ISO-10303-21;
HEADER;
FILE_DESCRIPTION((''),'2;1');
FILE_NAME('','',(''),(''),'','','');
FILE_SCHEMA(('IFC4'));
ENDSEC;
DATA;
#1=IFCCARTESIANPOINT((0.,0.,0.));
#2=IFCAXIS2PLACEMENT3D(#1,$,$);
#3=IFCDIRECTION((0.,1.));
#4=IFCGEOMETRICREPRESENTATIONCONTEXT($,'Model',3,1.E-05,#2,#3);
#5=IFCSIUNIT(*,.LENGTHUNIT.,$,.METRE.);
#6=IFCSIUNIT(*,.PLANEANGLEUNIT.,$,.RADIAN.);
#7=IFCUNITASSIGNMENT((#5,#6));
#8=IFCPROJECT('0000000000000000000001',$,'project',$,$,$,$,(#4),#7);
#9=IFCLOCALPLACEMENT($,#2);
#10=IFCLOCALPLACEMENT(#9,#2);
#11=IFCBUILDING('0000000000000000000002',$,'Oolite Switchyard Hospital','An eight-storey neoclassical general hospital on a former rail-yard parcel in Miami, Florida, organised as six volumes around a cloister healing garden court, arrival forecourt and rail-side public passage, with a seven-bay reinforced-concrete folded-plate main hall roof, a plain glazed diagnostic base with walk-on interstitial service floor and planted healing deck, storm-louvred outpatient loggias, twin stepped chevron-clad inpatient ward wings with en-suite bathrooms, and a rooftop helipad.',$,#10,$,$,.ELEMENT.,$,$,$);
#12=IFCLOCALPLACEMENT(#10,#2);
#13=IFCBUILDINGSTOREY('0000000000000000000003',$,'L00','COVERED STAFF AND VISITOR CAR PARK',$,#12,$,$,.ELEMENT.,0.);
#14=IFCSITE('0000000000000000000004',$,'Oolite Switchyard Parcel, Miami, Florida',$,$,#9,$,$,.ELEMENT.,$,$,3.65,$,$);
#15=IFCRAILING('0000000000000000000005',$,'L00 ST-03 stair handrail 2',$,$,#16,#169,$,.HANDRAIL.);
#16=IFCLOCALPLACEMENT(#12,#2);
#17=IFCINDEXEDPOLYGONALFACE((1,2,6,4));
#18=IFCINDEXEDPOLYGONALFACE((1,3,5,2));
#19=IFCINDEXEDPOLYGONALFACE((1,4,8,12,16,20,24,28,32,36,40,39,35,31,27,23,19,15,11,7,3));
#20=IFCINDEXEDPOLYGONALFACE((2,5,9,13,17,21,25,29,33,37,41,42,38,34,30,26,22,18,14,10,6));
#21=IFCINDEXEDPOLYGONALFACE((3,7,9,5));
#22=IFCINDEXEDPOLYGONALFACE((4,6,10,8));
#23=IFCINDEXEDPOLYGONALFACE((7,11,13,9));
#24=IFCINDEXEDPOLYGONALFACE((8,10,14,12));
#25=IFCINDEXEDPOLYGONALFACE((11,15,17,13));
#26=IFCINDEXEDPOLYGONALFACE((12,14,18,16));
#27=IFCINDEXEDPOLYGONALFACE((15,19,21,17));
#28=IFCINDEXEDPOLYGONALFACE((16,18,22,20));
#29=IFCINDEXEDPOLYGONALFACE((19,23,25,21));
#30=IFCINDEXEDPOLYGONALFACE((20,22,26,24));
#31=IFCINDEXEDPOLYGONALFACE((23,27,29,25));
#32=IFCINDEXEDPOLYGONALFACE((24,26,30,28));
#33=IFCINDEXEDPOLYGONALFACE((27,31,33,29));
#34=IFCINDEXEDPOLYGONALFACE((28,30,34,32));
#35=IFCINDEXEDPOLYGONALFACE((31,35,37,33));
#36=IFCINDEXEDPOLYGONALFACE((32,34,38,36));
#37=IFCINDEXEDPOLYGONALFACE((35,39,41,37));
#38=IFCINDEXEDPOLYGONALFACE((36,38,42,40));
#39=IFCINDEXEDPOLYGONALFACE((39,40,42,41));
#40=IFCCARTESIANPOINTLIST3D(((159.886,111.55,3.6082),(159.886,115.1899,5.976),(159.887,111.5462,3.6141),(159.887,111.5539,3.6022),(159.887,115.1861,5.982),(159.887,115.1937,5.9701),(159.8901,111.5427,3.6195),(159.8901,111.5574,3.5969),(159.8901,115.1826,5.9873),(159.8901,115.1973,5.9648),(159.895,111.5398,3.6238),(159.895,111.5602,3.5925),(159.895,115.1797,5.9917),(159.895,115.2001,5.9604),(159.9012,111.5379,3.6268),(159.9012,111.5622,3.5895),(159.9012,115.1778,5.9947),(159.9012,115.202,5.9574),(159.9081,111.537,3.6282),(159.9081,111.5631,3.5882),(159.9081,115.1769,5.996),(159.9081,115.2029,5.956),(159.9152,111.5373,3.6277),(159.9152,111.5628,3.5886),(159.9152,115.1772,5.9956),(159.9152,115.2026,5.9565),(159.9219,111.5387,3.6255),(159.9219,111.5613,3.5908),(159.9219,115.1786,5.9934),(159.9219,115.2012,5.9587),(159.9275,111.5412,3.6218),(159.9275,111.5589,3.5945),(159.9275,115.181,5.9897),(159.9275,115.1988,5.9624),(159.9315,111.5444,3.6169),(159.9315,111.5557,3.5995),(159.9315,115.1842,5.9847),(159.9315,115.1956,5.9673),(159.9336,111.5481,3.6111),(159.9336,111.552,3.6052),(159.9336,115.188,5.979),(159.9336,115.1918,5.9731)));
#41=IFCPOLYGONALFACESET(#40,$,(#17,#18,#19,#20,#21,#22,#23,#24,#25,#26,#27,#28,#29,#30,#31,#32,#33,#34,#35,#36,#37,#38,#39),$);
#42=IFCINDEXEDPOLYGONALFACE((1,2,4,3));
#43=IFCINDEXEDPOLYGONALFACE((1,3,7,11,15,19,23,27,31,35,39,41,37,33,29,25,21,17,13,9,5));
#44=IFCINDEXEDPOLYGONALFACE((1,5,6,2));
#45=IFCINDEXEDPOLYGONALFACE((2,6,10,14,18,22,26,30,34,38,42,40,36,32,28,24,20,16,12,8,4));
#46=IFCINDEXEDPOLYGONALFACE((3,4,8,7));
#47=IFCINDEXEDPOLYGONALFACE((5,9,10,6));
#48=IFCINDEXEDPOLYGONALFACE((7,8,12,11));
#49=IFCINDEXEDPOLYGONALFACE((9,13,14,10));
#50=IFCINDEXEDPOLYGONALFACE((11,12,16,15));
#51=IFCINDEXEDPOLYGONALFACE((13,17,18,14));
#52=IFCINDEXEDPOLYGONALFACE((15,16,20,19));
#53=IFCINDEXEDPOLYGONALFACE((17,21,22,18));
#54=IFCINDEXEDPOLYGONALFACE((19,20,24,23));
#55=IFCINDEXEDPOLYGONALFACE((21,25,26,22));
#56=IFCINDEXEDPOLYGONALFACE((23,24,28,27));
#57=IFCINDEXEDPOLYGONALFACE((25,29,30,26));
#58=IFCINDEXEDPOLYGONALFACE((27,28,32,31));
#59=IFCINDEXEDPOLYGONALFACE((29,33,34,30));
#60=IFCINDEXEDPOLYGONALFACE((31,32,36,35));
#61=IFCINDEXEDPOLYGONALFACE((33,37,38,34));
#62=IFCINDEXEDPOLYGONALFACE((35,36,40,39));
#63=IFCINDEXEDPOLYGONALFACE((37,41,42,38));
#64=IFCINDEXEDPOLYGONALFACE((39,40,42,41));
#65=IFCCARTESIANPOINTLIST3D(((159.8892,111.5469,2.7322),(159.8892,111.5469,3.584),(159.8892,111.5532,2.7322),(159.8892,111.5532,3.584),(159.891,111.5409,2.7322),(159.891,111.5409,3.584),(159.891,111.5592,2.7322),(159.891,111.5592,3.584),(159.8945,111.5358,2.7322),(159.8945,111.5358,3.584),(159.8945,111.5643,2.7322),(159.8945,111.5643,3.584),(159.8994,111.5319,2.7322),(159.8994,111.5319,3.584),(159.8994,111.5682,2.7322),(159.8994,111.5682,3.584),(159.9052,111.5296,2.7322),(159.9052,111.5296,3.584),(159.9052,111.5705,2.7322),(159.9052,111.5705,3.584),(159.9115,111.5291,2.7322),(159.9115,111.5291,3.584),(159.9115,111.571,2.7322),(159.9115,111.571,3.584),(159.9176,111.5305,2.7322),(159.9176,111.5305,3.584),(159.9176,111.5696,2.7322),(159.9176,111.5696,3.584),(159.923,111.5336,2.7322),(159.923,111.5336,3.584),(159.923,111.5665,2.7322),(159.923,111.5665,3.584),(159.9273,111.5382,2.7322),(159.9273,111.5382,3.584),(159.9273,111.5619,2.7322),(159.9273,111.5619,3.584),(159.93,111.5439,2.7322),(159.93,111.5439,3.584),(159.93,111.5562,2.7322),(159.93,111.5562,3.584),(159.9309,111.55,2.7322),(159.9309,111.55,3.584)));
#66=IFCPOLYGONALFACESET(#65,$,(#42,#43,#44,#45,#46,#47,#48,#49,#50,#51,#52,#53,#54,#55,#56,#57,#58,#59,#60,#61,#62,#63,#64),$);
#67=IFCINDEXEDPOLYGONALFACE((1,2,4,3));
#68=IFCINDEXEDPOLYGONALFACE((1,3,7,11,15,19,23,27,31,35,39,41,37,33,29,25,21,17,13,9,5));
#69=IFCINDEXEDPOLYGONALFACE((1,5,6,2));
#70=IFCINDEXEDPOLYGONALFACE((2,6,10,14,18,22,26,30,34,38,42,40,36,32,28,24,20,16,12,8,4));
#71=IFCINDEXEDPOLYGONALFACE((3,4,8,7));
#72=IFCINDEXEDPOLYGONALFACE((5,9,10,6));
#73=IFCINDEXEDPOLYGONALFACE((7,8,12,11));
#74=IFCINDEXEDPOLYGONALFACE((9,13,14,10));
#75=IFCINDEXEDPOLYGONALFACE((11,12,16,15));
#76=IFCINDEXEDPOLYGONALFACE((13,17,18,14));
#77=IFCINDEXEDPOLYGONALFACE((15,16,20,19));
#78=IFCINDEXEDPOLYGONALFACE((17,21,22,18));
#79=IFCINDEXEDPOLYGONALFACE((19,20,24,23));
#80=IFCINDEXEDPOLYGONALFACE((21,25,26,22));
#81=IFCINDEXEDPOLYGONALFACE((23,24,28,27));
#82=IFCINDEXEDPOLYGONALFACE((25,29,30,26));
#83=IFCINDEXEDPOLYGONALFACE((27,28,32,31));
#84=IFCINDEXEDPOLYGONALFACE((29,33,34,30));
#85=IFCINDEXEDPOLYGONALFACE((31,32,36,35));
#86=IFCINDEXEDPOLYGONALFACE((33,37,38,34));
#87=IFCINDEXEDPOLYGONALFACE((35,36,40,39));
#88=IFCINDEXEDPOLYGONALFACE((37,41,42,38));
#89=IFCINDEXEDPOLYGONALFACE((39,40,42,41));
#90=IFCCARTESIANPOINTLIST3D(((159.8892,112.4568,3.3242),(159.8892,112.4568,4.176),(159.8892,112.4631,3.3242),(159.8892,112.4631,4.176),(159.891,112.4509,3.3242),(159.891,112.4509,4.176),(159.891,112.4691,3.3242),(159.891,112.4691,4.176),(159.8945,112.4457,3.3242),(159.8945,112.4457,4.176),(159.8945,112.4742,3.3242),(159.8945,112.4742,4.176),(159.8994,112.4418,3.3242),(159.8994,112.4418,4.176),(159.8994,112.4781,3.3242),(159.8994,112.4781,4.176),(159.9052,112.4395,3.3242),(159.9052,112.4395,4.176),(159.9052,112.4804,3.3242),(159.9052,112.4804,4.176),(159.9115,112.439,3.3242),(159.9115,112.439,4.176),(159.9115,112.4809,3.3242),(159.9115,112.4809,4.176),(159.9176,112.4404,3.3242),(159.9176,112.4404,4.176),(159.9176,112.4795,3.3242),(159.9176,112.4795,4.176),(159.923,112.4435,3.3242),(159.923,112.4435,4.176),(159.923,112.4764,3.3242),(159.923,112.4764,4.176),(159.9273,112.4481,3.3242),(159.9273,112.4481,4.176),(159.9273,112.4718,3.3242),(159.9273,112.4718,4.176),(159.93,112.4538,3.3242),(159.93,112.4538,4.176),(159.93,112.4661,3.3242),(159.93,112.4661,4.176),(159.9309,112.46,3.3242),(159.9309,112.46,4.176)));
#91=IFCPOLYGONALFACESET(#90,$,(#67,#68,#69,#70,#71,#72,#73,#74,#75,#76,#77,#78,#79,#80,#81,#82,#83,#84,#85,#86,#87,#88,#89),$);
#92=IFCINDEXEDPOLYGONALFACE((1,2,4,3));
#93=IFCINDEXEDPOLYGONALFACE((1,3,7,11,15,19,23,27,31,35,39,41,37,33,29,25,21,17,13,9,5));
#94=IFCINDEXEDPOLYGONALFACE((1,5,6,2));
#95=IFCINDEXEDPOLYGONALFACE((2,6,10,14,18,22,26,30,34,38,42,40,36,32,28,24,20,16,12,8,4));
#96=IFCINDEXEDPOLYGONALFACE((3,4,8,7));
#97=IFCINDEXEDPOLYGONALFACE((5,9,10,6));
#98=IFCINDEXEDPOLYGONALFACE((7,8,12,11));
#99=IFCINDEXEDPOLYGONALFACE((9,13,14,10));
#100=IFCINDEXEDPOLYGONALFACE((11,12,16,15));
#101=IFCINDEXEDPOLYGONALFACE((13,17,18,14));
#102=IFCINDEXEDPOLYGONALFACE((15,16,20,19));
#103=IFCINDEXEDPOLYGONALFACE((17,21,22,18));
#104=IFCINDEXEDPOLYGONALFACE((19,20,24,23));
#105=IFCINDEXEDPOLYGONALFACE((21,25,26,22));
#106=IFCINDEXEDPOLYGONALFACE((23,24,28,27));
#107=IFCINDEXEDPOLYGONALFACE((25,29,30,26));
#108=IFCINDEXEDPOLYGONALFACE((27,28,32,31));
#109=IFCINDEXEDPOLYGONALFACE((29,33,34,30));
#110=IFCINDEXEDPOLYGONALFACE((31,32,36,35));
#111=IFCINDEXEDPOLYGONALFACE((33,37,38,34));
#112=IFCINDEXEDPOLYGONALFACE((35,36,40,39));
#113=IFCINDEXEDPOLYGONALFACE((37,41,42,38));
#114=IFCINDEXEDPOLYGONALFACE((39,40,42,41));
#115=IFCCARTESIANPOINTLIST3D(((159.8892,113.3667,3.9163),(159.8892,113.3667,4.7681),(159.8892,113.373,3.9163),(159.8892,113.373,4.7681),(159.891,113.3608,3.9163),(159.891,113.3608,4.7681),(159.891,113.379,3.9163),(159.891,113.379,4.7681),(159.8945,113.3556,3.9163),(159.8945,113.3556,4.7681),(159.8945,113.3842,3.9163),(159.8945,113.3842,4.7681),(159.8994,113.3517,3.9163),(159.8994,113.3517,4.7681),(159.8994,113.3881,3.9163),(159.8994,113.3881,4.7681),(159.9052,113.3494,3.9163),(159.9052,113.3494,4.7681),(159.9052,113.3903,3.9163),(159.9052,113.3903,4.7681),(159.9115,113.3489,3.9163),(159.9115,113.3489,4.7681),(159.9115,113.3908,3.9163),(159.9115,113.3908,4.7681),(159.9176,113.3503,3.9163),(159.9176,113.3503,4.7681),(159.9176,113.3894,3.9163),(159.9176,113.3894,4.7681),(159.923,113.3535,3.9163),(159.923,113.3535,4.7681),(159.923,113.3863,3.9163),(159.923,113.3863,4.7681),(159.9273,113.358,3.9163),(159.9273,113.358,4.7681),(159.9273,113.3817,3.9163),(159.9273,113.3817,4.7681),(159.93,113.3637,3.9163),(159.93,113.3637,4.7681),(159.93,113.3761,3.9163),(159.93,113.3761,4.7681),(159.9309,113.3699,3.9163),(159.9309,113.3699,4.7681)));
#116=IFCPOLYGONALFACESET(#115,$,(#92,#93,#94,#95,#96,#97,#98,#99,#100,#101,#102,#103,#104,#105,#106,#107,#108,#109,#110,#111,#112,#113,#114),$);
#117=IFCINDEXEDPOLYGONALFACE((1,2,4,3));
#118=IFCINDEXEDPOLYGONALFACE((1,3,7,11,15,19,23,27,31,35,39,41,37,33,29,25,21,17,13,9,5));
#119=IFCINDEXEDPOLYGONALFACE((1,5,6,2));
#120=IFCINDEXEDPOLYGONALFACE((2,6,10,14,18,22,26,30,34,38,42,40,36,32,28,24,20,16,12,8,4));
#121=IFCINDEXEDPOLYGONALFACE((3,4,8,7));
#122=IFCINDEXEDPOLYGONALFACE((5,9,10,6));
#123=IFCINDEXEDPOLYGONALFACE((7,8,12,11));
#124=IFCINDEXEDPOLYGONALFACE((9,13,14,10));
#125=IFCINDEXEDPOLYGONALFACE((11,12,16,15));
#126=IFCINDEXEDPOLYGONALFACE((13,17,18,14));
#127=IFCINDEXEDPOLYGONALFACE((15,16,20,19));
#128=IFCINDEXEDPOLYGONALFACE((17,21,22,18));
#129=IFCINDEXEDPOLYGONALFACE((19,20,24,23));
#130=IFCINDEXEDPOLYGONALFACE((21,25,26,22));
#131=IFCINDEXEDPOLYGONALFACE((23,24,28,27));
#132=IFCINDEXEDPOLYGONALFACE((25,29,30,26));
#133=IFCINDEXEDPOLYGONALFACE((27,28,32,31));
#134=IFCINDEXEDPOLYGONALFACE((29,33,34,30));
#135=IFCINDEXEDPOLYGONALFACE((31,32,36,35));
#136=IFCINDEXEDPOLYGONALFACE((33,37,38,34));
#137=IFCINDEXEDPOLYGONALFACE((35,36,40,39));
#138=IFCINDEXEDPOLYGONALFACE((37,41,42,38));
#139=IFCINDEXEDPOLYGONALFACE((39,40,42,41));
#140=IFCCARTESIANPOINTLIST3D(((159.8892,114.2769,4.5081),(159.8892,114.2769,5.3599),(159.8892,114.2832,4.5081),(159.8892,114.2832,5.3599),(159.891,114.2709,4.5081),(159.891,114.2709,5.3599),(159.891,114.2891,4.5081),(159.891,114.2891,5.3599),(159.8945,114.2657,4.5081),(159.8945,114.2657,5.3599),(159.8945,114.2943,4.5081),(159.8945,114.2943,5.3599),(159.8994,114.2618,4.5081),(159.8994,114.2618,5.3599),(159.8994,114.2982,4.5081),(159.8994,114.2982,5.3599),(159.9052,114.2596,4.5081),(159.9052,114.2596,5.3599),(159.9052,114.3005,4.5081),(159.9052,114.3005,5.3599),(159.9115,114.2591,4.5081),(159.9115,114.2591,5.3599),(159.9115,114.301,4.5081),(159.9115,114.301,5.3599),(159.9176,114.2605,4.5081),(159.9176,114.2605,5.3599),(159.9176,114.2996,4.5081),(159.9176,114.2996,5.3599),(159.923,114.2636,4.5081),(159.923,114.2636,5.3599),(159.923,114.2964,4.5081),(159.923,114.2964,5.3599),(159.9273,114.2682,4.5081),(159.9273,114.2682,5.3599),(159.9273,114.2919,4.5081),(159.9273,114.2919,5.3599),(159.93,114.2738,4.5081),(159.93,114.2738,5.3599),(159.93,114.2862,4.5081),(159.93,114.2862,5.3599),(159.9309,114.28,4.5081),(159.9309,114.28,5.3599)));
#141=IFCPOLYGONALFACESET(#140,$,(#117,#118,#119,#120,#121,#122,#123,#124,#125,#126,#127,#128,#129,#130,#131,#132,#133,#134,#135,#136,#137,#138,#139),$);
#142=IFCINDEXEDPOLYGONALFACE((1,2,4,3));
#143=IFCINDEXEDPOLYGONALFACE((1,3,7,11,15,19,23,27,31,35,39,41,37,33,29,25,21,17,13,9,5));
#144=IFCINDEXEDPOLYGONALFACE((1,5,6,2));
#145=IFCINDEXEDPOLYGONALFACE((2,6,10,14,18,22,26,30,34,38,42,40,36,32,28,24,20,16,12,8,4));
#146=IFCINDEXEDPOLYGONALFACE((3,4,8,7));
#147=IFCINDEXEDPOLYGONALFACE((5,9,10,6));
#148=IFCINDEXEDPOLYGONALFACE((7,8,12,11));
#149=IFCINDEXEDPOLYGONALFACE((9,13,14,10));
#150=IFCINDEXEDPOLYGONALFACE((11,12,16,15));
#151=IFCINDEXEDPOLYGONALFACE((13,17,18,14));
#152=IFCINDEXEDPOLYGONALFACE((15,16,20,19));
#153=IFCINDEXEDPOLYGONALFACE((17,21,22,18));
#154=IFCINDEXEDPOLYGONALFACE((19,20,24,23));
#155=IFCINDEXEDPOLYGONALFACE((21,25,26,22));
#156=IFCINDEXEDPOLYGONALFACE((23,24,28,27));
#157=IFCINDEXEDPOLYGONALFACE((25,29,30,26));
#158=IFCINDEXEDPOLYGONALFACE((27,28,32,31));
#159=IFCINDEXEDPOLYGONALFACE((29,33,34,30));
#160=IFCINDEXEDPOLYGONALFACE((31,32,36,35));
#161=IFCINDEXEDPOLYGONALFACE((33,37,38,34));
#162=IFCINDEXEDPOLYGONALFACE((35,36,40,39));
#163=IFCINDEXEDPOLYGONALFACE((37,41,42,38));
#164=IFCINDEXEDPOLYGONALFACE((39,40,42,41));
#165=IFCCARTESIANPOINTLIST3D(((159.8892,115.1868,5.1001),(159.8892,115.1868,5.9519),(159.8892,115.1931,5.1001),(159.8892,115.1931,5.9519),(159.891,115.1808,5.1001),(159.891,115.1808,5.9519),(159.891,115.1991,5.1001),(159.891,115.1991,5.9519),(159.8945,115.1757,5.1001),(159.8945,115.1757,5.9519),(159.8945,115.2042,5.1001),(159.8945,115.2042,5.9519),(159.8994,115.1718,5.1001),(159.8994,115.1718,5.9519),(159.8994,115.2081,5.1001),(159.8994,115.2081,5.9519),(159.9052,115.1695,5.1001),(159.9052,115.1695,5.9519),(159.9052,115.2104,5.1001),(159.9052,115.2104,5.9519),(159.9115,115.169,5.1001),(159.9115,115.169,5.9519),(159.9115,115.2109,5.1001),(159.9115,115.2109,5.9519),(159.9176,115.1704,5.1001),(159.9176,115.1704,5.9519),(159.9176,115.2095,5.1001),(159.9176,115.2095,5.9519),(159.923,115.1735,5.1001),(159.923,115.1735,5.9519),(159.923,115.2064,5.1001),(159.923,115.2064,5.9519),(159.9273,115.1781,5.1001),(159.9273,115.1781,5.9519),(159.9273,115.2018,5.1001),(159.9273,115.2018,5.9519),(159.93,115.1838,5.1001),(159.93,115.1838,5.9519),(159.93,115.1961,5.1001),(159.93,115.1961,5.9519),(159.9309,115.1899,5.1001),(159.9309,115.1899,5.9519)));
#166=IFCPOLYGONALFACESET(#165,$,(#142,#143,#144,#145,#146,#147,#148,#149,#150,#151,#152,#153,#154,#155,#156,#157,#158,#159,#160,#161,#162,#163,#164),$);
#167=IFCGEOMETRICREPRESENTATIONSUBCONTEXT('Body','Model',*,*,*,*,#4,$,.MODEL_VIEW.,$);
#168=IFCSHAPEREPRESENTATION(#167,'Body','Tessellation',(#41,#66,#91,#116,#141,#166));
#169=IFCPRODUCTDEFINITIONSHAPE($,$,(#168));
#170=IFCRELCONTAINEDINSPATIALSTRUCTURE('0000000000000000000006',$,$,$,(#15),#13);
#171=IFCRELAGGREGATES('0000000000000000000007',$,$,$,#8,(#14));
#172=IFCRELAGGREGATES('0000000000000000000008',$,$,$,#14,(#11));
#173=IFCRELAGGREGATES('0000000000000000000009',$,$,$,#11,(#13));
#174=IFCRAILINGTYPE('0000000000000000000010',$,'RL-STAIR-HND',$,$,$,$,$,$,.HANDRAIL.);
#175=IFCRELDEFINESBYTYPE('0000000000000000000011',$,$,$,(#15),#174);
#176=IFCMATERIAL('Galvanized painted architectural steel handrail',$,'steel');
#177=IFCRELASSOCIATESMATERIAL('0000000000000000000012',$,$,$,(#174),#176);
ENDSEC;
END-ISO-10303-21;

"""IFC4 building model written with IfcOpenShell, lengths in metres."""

from ifc_helpers import new_model, si_unit, direction, frame, origin, origin_2d, place, context, subcontext, project, spatial, circle, extrude, material, type_object, element, save


model = new_model("IFC4")

# Units and contexts
model_context = context("Model", 3, precision=1e-05, world=origin(), true_north=direction((0.0, 1.0)))
body_context = subcontext(model_context, "Body", "Model", "MODEL_VIEW")
ifc_project = project(units=[si_unit("LENGTHUNIT", "METRE"), si_unit("PLANEANGLEUNIT", "RADIAN")], contexts=[model_context])

# Site, building, storey
site_placement = place(None, origin())
site = spatial("IfcSite", under=ifc_project, at=site_placement, Name="Oolite Switchyard Parcel, Miami, Florida", CompositionType="ELEMENT", RefElevation=3.65)
building_placement = place(site_placement, origin())
building = spatial("IfcBuilding", under=site, at=building_placement, Name="Oolite Switchyard Hospital", Description="An eight-storey neoclassical general hospital on a former rail-yard parcel in Miami, Florida, organised as six volumes around a cloister healing garden court, arrival forecourt and rail-side public passage, with a seven-bay reinforced-concrete folded-plate main hall roof, a plain glazed diagnostic base with walk-on interstitial service floor and planted healing deck, storm-louvred outpatient loggias, twin stepped chevron-clad inpatient ward wings with en-suite bathrooms, and a rooftop helipad.", CompositionType="ELEMENT")
storey_placement = place(building_placement, origin())
storey = spatial("IfcBuildingStorey", under=building, at=storey_placement, Name="L00", Description="COVERED STAFF AND VISITOR CAR PARK", CompositionType="ELEMENT", Elevation=0.0)

# Railing
ifc_material_1 = material(Name="Galvanized painted architectural steel handrail", Category="steel")
railing_type_1 = type_object("IfcRailingType", Name="RL-STAIR-HND", PredefinedType="HANDRAIL", material=ifc_material_1)
railing_1_placement = place(storey_placement, frame((159.9099, 111.55, 2.7322)))
element("IfcRailing", 1, at=railing_1_placement, inside=storey, type_object=railing_type_1, Name="L00 ST-03 stair handrail 2", PredefinedType="HANDRAIL", context=body_context, shape_type="SweptSolid", body=[
    extrude(circle(Radius=0.0239, at=origin_2d()), frame((0.0, 0.0, 0.876), z_axis=(0.0, 0.838234, 0.54531), x_axis=(-1.0, 0.0, 0.0)), (0.0, 0.0, 1.0), 4.3423),
    extrude(circle(Radius=0.021, at=origin_2d()), origin(), (0.0, 0.0, 1.0), 0.8518),
    extrude(circle(Radius=0.021, at=origin_2d()), frame((0.0, 0.9099, 0.592)), (0.0, 0.0, 1.0), 0.8518),
    extrude(circle(Radius=0.021, at=origin_2d()), frame((0.0, 1.8198, 1.1841)), (0.0, 0.0, 1.0), 0.8518),
    extrude(circle(Radius=0.021, at=origin_2d()), frame((0.0, 2.73, 1.7759)), (0.0, 0.0, 1.0), 0.8518),
    extrude(circle(Radius=0.021, at=origin_2d()), frame((0.0, 3.6399, 2.3679)), (0.0, 0.0, 1.0), 0.8518),
])

save(model, "model.ifc")
